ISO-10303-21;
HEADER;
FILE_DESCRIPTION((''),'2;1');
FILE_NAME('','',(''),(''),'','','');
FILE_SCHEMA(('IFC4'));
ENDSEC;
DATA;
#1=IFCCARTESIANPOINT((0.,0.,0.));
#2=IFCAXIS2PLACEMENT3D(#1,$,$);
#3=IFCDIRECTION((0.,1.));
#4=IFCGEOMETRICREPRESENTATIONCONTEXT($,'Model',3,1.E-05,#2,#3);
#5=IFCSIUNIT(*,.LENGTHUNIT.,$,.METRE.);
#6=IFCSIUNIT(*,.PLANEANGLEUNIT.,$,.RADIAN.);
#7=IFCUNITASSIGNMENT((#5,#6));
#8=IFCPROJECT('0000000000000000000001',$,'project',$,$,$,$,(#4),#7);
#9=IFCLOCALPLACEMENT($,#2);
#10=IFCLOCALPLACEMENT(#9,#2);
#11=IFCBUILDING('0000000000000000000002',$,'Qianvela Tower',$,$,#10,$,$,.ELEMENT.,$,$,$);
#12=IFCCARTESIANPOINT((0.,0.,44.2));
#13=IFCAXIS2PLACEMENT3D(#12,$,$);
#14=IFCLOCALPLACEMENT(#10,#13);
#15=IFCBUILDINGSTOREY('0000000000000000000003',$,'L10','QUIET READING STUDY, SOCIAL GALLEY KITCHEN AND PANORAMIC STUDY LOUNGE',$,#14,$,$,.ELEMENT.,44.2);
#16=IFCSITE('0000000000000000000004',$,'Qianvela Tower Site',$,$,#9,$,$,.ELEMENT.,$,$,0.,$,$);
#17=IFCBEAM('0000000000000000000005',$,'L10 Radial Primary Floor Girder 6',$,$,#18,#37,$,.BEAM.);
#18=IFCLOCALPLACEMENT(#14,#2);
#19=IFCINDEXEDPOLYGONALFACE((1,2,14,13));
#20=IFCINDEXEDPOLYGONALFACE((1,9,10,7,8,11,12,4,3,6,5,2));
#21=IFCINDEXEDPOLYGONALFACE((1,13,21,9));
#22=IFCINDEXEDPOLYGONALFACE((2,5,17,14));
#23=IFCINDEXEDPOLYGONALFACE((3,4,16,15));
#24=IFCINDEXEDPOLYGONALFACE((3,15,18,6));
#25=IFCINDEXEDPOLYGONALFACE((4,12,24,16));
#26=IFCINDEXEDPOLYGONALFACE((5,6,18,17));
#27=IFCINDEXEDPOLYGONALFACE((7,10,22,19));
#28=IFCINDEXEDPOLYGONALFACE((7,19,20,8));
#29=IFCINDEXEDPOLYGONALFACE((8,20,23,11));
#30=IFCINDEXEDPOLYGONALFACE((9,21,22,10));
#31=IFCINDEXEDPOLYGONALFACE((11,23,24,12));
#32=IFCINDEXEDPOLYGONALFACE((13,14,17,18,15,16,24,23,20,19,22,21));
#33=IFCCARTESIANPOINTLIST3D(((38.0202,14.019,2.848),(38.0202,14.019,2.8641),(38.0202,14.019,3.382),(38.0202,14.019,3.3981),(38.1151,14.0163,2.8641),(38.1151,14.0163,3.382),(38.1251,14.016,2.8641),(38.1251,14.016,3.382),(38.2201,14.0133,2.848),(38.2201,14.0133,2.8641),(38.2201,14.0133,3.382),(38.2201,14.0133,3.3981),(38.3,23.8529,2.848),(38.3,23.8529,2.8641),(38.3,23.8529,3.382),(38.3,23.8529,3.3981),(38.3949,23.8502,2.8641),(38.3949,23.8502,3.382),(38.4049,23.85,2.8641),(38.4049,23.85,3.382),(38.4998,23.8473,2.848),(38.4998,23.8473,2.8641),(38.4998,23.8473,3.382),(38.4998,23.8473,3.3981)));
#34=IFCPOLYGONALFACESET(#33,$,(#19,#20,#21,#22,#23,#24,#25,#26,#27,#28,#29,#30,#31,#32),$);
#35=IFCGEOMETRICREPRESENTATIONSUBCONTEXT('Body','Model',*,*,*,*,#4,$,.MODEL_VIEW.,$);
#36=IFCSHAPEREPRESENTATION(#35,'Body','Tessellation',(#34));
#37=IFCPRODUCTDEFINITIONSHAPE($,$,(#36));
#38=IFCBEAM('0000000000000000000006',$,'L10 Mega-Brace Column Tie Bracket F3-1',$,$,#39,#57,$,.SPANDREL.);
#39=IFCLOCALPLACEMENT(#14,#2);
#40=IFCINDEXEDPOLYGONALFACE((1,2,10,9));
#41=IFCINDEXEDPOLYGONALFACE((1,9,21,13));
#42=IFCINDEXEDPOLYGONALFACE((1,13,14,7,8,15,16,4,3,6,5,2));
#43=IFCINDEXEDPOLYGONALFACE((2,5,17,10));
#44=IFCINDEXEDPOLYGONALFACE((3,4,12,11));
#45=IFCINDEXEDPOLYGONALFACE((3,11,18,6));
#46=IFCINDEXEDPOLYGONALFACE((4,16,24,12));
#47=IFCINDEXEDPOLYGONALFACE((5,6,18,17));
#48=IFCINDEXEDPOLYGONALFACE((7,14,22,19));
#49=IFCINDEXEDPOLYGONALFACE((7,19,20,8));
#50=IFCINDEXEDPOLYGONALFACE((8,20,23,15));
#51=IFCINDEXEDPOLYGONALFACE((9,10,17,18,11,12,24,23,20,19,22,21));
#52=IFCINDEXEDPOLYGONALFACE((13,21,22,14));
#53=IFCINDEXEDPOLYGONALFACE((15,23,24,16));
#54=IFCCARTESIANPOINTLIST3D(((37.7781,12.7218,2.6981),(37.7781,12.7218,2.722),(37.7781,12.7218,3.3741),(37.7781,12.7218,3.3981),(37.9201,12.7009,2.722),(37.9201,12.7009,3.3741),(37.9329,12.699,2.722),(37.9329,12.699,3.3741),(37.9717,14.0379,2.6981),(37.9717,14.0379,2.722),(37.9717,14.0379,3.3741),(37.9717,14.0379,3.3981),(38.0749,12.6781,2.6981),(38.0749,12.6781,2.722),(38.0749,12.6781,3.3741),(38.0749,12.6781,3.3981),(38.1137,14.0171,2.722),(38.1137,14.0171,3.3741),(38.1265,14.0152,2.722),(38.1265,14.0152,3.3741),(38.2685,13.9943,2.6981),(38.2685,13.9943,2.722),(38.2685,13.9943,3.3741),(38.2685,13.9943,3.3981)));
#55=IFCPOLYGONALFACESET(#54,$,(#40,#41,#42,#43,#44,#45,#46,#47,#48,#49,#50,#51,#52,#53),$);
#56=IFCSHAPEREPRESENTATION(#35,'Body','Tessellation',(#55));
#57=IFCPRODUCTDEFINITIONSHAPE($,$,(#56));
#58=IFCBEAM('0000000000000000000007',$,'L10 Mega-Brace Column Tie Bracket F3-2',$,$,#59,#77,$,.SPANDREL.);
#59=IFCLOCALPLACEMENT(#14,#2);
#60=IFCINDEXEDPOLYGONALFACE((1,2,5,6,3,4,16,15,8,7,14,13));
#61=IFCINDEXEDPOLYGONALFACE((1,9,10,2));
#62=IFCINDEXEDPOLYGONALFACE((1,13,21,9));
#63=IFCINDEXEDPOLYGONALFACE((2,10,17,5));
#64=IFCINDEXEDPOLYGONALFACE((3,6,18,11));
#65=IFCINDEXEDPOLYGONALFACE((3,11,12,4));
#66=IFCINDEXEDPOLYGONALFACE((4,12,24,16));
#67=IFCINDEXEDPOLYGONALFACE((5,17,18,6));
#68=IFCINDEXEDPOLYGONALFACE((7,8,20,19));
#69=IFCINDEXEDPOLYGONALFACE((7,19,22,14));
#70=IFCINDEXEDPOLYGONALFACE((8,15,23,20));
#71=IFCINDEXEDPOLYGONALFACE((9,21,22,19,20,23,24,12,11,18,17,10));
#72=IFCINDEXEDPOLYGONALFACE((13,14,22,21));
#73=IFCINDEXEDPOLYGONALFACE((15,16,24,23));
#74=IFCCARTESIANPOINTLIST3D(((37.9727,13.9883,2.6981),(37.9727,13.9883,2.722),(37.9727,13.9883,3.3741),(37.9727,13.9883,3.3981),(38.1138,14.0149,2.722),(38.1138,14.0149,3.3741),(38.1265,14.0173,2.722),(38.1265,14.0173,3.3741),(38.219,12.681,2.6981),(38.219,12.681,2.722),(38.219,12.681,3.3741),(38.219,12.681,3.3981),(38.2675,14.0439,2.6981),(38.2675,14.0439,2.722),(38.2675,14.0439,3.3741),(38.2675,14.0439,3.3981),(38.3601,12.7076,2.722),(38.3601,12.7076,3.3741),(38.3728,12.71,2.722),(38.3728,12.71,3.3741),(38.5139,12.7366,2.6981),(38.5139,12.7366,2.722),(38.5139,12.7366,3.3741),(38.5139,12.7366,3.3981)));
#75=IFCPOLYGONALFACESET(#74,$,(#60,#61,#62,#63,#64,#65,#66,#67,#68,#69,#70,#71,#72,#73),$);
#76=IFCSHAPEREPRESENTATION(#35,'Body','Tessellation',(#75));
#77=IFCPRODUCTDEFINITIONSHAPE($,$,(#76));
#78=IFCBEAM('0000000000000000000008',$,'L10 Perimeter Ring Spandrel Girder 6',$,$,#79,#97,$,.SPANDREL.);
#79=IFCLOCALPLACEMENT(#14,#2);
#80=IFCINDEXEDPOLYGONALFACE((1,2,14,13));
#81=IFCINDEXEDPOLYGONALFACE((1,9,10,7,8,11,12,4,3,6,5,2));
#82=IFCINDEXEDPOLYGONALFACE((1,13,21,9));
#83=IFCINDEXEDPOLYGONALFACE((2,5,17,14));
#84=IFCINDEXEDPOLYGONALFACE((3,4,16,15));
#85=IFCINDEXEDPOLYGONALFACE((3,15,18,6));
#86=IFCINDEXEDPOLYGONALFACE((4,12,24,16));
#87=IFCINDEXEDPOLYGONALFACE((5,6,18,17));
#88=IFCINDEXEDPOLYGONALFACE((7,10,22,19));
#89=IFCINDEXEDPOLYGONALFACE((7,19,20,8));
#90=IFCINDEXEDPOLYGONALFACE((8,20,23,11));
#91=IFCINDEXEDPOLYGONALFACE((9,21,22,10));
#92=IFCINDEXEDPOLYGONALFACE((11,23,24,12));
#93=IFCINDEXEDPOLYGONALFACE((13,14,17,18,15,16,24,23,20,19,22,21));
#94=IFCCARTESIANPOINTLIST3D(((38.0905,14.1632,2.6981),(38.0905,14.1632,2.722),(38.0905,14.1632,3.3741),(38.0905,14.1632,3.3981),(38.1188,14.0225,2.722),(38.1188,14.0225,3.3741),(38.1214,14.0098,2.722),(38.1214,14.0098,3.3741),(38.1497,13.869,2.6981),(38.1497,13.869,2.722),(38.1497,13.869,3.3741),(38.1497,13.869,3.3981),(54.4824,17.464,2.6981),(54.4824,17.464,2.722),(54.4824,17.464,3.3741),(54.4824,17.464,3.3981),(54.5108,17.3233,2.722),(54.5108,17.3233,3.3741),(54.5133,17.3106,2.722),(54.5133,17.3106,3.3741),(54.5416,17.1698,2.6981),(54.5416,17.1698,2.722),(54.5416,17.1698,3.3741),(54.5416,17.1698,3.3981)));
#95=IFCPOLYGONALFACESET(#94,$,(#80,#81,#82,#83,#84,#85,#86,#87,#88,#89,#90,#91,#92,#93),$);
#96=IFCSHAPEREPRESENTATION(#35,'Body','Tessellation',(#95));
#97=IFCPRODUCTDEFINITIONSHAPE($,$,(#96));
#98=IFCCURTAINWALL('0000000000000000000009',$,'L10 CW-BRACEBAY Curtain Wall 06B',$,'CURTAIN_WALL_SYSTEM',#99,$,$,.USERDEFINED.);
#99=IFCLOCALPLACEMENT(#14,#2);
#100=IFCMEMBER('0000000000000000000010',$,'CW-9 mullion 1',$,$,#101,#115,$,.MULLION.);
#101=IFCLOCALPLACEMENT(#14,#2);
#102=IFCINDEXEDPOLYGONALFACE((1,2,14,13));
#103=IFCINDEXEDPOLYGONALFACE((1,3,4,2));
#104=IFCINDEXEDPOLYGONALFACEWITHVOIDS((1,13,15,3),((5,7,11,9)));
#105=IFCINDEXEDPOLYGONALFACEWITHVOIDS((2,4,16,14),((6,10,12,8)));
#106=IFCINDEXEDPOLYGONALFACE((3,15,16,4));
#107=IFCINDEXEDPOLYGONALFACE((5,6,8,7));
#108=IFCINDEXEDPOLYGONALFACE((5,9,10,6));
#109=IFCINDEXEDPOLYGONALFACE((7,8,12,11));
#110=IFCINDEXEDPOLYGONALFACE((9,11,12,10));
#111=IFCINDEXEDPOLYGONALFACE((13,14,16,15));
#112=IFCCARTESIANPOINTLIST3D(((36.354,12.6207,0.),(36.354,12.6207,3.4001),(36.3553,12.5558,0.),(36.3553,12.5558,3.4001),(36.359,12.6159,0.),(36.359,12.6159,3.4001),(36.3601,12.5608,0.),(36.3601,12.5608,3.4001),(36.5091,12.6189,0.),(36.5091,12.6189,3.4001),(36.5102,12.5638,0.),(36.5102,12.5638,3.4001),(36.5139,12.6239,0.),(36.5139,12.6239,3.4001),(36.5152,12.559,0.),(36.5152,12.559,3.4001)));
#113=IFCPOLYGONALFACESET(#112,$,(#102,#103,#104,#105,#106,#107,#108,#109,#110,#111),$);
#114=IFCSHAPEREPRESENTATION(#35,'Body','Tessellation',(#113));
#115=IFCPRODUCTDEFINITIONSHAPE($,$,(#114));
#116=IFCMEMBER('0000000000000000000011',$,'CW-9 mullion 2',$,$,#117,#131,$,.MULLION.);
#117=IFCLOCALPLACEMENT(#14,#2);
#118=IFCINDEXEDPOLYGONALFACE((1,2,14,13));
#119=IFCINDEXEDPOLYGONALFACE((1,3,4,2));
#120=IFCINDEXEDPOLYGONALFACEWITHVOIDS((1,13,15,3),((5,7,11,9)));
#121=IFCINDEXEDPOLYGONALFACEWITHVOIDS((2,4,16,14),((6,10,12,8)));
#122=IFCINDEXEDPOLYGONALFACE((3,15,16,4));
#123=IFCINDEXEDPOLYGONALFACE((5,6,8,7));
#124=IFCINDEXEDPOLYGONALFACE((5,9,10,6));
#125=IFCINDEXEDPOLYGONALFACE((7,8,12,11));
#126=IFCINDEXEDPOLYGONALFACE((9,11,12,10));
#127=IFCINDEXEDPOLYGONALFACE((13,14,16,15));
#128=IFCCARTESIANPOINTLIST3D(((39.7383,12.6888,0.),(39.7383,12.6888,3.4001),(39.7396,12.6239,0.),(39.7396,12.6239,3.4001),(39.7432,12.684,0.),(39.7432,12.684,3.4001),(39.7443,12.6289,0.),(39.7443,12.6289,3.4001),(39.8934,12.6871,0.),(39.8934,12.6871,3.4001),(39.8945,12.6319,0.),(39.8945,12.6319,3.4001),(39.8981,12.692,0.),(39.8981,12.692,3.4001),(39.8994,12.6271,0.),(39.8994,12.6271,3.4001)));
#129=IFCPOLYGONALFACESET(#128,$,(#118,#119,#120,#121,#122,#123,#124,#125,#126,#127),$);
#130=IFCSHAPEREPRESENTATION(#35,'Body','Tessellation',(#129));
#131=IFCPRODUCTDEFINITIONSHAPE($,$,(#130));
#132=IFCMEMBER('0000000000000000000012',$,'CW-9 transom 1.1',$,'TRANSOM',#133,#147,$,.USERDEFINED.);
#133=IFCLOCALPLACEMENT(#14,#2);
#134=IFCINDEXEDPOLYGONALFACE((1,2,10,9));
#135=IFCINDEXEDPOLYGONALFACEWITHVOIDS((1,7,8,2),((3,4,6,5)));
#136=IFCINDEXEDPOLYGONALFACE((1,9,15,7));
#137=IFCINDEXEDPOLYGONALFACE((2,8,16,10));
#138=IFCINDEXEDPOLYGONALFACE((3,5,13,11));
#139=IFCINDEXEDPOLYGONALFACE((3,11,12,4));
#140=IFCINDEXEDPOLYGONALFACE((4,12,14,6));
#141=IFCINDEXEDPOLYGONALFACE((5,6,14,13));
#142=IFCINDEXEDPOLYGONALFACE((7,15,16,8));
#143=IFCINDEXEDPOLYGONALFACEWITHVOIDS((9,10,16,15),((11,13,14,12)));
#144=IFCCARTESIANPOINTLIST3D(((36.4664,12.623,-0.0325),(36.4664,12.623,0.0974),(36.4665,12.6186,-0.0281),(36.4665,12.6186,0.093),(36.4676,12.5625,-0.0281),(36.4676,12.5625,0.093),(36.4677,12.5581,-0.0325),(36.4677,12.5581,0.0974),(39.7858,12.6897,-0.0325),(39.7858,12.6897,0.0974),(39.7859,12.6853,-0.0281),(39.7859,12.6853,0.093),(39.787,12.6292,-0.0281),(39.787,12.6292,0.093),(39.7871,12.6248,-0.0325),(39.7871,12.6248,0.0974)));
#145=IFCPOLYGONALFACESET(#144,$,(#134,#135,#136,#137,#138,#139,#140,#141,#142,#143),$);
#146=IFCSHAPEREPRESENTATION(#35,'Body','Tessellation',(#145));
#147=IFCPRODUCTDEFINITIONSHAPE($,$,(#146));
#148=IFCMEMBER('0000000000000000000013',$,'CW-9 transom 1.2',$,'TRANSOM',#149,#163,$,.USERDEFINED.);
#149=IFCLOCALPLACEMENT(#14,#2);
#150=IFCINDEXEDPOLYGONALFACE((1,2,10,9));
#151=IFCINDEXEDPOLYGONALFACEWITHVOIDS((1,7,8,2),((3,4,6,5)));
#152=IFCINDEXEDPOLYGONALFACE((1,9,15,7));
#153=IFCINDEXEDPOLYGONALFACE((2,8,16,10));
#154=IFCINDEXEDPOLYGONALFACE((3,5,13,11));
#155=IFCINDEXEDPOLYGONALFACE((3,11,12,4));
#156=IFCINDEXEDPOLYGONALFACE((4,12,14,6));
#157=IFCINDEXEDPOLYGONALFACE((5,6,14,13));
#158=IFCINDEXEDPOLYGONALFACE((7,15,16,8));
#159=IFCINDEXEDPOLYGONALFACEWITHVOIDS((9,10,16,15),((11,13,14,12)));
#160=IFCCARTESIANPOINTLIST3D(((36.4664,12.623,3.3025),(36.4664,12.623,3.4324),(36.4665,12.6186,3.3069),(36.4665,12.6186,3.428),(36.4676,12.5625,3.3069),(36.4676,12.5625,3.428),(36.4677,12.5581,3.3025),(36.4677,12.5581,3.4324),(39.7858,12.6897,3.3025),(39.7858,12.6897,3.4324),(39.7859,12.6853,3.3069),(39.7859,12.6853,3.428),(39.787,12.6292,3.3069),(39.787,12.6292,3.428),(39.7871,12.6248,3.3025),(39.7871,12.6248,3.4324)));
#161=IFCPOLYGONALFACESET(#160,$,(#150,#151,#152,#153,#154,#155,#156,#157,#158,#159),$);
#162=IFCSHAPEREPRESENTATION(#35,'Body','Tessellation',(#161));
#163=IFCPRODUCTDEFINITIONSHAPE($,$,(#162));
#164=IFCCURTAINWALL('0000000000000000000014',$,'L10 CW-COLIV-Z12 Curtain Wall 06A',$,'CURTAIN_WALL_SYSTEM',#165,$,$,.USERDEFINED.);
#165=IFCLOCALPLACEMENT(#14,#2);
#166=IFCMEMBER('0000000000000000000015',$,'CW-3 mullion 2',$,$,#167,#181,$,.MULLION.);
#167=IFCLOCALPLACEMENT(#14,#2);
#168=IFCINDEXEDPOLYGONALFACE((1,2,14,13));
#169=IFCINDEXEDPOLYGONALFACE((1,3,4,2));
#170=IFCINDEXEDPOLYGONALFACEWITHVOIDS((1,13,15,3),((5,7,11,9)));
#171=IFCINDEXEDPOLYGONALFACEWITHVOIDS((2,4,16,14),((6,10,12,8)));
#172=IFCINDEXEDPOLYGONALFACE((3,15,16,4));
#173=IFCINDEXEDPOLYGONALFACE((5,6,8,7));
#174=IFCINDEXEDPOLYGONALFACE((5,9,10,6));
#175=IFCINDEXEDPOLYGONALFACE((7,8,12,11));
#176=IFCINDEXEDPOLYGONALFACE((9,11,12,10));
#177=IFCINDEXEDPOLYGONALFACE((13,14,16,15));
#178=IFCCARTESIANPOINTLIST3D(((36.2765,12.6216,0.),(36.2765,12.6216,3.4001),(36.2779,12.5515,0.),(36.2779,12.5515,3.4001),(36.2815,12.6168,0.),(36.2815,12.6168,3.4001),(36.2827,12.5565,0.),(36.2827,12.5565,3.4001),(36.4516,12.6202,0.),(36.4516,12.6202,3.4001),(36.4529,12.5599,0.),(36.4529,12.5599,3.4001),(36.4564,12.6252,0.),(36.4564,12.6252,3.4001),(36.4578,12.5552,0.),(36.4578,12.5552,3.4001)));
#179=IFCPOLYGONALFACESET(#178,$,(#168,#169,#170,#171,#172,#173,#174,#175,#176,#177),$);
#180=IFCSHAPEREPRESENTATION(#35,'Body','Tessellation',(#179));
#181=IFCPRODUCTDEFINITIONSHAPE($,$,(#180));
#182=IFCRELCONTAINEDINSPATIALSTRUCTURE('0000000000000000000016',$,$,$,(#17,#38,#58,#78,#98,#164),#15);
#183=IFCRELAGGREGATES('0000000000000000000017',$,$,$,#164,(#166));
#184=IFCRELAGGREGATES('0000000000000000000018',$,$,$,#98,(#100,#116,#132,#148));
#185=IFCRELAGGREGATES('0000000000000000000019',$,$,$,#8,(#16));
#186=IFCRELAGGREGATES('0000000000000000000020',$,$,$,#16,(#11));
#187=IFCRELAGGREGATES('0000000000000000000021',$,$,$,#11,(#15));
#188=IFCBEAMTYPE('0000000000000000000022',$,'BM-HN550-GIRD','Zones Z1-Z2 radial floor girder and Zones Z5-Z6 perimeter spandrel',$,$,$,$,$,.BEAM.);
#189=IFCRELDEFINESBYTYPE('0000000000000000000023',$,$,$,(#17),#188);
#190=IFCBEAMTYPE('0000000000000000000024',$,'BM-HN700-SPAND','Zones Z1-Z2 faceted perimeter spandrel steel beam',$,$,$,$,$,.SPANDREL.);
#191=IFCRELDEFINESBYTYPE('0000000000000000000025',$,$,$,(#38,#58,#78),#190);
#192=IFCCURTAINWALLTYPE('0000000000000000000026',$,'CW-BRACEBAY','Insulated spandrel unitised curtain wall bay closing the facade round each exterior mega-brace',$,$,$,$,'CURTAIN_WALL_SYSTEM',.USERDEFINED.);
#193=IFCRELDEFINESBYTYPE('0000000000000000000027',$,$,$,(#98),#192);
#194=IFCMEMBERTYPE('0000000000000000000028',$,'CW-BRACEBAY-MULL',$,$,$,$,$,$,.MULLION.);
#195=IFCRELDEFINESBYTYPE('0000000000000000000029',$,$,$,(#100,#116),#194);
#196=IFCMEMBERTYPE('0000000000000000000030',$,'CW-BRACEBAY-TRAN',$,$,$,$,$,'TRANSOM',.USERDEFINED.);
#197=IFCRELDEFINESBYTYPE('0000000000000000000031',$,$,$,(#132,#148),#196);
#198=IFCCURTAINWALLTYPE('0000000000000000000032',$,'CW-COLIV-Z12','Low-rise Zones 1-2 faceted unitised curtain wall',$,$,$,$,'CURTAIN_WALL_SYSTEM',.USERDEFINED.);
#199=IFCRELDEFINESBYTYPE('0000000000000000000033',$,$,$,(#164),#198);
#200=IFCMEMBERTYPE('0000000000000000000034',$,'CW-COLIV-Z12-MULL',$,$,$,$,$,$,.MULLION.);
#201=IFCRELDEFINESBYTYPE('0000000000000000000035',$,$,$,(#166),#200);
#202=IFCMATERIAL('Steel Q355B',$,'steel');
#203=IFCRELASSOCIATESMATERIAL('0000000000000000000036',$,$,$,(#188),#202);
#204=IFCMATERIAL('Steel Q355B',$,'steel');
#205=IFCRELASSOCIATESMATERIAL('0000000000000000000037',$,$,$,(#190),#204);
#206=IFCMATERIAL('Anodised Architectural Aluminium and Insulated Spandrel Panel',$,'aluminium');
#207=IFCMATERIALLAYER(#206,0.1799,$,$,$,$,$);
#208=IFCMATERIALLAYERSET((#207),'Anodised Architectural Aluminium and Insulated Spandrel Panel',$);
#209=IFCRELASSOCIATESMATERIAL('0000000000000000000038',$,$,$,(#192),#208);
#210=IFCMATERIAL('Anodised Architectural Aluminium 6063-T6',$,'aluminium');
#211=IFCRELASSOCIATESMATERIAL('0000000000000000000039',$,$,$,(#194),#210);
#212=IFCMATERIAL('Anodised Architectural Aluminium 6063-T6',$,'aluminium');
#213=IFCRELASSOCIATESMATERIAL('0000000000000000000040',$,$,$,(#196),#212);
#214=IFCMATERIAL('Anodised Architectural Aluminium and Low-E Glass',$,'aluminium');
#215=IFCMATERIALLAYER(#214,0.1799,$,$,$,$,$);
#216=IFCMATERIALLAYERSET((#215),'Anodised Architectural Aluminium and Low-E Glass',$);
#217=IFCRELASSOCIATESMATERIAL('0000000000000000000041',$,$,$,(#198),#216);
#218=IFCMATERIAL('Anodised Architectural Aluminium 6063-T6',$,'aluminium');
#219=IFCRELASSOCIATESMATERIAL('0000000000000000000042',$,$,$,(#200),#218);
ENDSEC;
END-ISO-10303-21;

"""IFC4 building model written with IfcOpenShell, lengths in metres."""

from ifc_helpers import new_model, si_unit, direction, frame, origin, origin_2d, place, context, subcontext, project, spatial, hollow_rectangle, i_section, extrude, material, layer, layer_set, material_profile, profile_set, type_object, element, aggregate, save


model = new_model("IFC4")

# Units and contexts
model_context = context("Model", 3, precision=1e-05, world=origin(), true_north=direction((0.0, 1.0)))
body_context = subcontext(model_context, "Body", "Model", "MODEL_VIEW")
ifc_project = project(units=[si_unit("LENGTHUNIT", "METRE"), si_unit("PLANEANGLEUNIT", "RADIAN")], contexts=[model_context])

# Site, building, storey
site_placement = place(None, origin())
site = spatial("IfcSite", under=ifc_project, at=site_placement, Name="Qianvela Tower Site", CompositionType="ELEMENT", RefElevation=0.0)
building_placement = place(site_placement, origin())
building = spatial("IfcBuilding", under=site, at=building_placement, Name="Qianvela Tower", CompositionType="ELEMENT")
storey_placement = place(building_placement, frame((0.0, 0.0, 44.2)))
storey = spatial("IfcBuildingStorey", under=building, at=storey_placement, Name="L10", Description="QUIET READING STUDY, SOCIAL GALLEY KITCHEN AND PANORAMIC STUDY LOUNGE", CompositionType="ELEMENT", Elevation=44.2)

# Beams
ifc_material_1 = material(Name="Steel Q355B", Category="steel")
ifc_material_profile_1 = material_profile(ifc_material_1, i_section(OverallWidth=0.2, OverallDepth=0.55, WebThickness=0.01, FlangeThickness=0.0161, at=origin_2d()), Name="HN550x200x10x16")
ifc_profile_set_1 = profile_set([ifc_material_profile_1], Name="Steel Q355B")
beam_type_1 = type_object("IfcBeamType", Name="BM-HN550-GIRD", Description="Zones Z1-Z2 radial floor girder and Zones Z5-Z6 perimeter spandrel", PredefinedType="BEAM", material=ifc_profile_set_1)
beam_1_placement = place(storey_placement, frame((38.3999, 23.8501, 3.123), z_axis=(-0.028439, -0.999596, 0.0), x_axis=(0.999596, -0.028439, 0.0)))
element("IfcBeam", 1, at=beam_1_placement, inside=storey, type_object=beam_type_1, Name="L10 Radial Primary Floor Girder 6", PredefinedType="BEAM", context=body_context, shape_type="SweptSolid", body=[
    extrude(i_section(OverallWidth=0.2, OverallDepth=0.55, WebThickness=0.01, FlangeThickness=0.0161, at=origin_2d()), origin(), (0.0, 0.0, 1.0), 9.8379),
])
ifc_material_2 = material(Name="Steel Q355B", Category="steel")
ifc_material_profile_2 = material_profile(ifc_material_2, i_section(OverallWidth=0.3, OverallDepth=0.7, WebThickness=0.0129, FlangeThickness=0.0239, at=origin_2d()), Name="HN700x300x13x24")
ifc_profile_set_2 = profile_set([ifc_material_profile_2], Name="Steel Q355B")
beam_type_2 = type_object("IfcBeamType", Name="BM-HN700-SPAND", Description="Zones Z1-Z2 faceted perimeter spandrel steel beam", PredefinedType="SPANDREL", material=ifc_profile_set_2)
for number, where, z_axis, x_axis, name in (
    (2, (38.1201, 14.0161, 3.0481), (-0.145531, -0.989354, 0.0), (0.989354, -0.145531, 0.0), "L10 Mega-Brace Column Tie Bracket F3-1"),
    (3, (38.1201, 14.0161, 3.0481), (0.185164, -0.982708, 0.0), (0.982708, 0.185164, 0.0), "L10 Mega-Brace Column Tie Bracket F3-2"),
):
    element("IfcBeam", number, at=place(storey_placement, frame(where, z_axis=z_axis, x_axis=x_axis)), inside=storey, type_object=beam_type_2, Name=name, PredefinedType="SPANDREL", context=body_context, shape_type="SweptSolid", body=[
        extrude(i_section(OverallWidth=0.3, OverallDepth=0.7, WebThickness=0.0129, FlangeThickness=0.0239, at=origin_2d()), origin(), (0.0, 0.0, 1.0), 1.3303),
    ])
beam_2_placement = place(storey_placement, frame((38.1201, 14.0161, 3.0481), z_axis=(0.980322, 0.197405, 0.0), x_axis=(-0.197405, 0.980322, 0.0)))
element("IfcBeam", 4, at=beam_2_placement, inside=storey, type_object=beam_type_2, Name="L10 Perimeter Ring Spandrel Girder 6", PredefinedType="SPANDREL", context=body_context, shape_type="SweptSolid", body=[
    extrude(i_section(OverallWidth=0.3, OverallDepth=0.7, WebThickness=0.0129, FlangeThickness=0.0239, at=origin_2d()), origin(), (0.0, 0.0, 1.0), 16.7209),
])

# Curtain wall, members
ifc_material_3 = material(Name="Anodised Architectural Aluminium and Insulated Spandrel Panel", Category="aluminium")
ifc_layer_1 = layer(ifc_material_3, 0.1799)
ifc_layer_set_1 = layer_set([ifc_layer_1], Name="Anodised Architectural Aluminium and Insulated Spandrel Panel")
curtain_wall_type_1 = type_object("IfcCurtainWallType", Name="CW-BRACEBAY", Description="Insulated spandrel unitised curtain wall bay closing the facade round each exterior mega-brace", ElementType="CURTAIN_WALL_SYSTEM", PredefinedType="USERDEFINED", material=ifc_layer_set_1)
curtain_wall_1_placement = place(storey_placement, origin())
curtain_wall_1 = element("IfcCurtainWall", 5, at=curtain_wall_1_placement, inside=storey, type_object=curtain_wall_type_1, Name="L10 CW-BRACEBAY Curtain Wall 06B", ObjectType="CURTAIN_WALL_SYSTEM", PredefinedType="USERDEFINED")
ifc_material_4 = material(Name="Anodised Architectural Aluminium 6063-T6", Category="aluminium")
ifc_material_profile_3 = material_profile(ifc_material_4, hollow_rectangle(XDim=0.0649, YDim=0.1599, WallThickness=0.0049, at=origin_2d()), Name="ALU-MULL-65x160")
ifc_profile_set_3 = profile_set([ifc_material_profile_3], Name="Anodised Architectural Aluminium 6063-T6")
member_type_1 = type_object("IfcMemberType", Name="CW-BRACEBAY-MULL", PredefinedType="MULLION", material=ifc_profile_set_3)
member_1_placement = place(storey_placement, frame((36.4346, 12.5898, 0.0), z_axis=(0.0, 0.0, 1.0), x_axis=(-0.020116, 0.999798, 0.0)))
member_1 = element("IfcMember", 6, at=member_1_placement, type_object=member_type_1, Name="CW-9 mullion 1", PredefinedType="MULLION", context=body_context, shape_type="SweptSolid", body=[
    extrude(hollow_rectangle(XDim=0.0649, YDim=0.1599, WallThickness=0.0049, at=origin_2d()), origin(), (0.0, 0.0, 1.0), 3.4001),
])
member_2_placement = place(storey_placement, frame((39.8188, 12.658, 0.0), z_axis=(0.0, 0.0, 1.0), x_axis=(-0.020116, 0.999798, 0.0)))
member_2 = element("IfcMember", 7, at=member_2_placement, type_object=member_type_1, Name="CW-9 mullion 2", PredefinedType="MULLION", context=body_context, shape_type="SweptSolid", body=[
    extrude(hollow_rectangle(XDim=0.0649, YDim=0.1599, WallThickness=0.0049, at=origin_2d()), origin(), (0.0, 0.0, 1.0), 3.4001),
])
ifc_material_5 = material(Name="Anodised Architectural Aluminium 6063-T6", Category="aluminium")
ifc_material_profile_4 = material_profile(ifc_material_5, hollow_rectangle(XDim=0.0649, YDim=0.1299, WallThickness=0.0044, at=origin_2d()), Name="ALU-TRAN-65x130")
ifc_profile_set_4 = profile_set([ifc_material_profile_4], Name="Anodised Architectural Aluminium 6063-T6")
member_type_2 = type_object("IfcMemberType", Name="CW-BRACEBAY-TRAN", ElementType="TRANSOM", PredefinedType="USERDEFINED", material=ifc_profile_set_4)
member_3_placement = place(storey_placement, frame((36.467, 12.5906, 0.0325), z_axis=(0.999798, 0.020075, 0.0), x_axis=(-0.020075, 0.999798, 0.0)))
member_3 = element("IfcMember", 8, at=member_3_placement, type_object=member_type_2, Name="CW-9 transom 1.1", ObjectType="TRANSOM", PredefinedType="USERDEFINED", context=body_context, shape_type="SweptSolid", body=[
    extrude(hollow_rectangle(XDim=0.0649, YDim=0.1299, WallThickness=0.0044, at=origin_2d()), origin(), (0.0, 0.0, 1.0), 3.3201),
])
member_4_placement = place(storey_placement, frame((36.467, 12.5906, 3.3674), z_axis=(0.999798, 0.020075, 0.0), x_axis=(-0.020075, 0.999798, 0.0)))
member_4 = element("IfcMember", 9, at=member_4_placement, type_object=member_type_2, Name="CW-9 transom 1.2", ObjectType="TRANSOM", PredefinedType="USERDEFINED", context=body_context, shape_type="SweptSolid", body=[
    extrude(hollow_rectangle(XDim=0.0649, YDim=0.1299, WallThickness=0.0044, at=origin_2d()), origin(), (0.0, 0.0, 1.0), 3.3201),
])

# Curtain wall, member
ifc_material_6 = material(Name="Anodised Architectural Aluminium and Low-E Glass", Category="aluminium")
ifc_layer_2 = layer(ifc_material_6, 0.1799)
ifc_layer_set_2 = layer_set([ifc_layer_2], Name="Anodised Architectural Aluminium and Low-E Glass")
curtain_wall_type_2 = type_object("IfcCurtainWallType", Name="CW-COLIV-Z12", Description="Low-rise Zones 1-2 faceted unitised curtain wall", ElementType="CURTAIN_WALL_SYSTEM", PredefinedType="USERDEFINED", material=ifc_layer_set_2)
curtain_wall_2_placement = place(storey_placement, origin())
curtain_wall_2 = element("IfcCurtainWall", 10, at=curtain_wall_2_placement, inside=storey, type_object=curtain_wall_type_2, Name="L10 CW-COLIV-Z12 Curtain Wall 06A", ObjectType="CURTAIN_WALL_SYSTEM", PredefinedType="USERDEFINED")
ifc_material_7 = material(Name="Anodised Architectural Aluminium 6063-T6", Category="aluminium")
ifc_material_profile_5 = material_profile(ifc_material_7, hollow_rectangle(XDim=0.0701, YDim=0.1799, WallThickness=0.0049, at=origin_2d()), Name="ALU-MULL-70x180")
ifc_profile_set_5 = profile_set([ifc_material_profile_5], Name="Anodised Architectural Aluminium 6063-T6")
member_type_3 = type_object("IfcMemberType", Name="CW-COLIV-Z12-MULL", PredefinedType="MULLION", material=ifc_profile_set_5)
member_5_placement = place(storey_placement, frame((36.3672, 12.5884, 0.0), z_axis=(0.0, 0.0, 1.0), x_axis=(-0.020121, 0.999798, 0.0)))
member_5 = element("IfcMember", 11, at=member_5_placement, type_object=member_type_3, Name="CW-3 mullion 2", PredefinedType="MULLION", context=body_context, shape_type="SweptSolid", body=[
    extrude(hollow_rectangle(XDim=0.0701, YDim=0.1799, WallThickness=0.0049, at=origin_2d()), origin(), (0.0, 0.0, 1.0), 3.4001),
])
aggregate(curtain_wall_2, [member_5])

aggregate(curtain_wall_1, [member_1, member_2, member_3, member_4])

save(model, "model.ifc")
